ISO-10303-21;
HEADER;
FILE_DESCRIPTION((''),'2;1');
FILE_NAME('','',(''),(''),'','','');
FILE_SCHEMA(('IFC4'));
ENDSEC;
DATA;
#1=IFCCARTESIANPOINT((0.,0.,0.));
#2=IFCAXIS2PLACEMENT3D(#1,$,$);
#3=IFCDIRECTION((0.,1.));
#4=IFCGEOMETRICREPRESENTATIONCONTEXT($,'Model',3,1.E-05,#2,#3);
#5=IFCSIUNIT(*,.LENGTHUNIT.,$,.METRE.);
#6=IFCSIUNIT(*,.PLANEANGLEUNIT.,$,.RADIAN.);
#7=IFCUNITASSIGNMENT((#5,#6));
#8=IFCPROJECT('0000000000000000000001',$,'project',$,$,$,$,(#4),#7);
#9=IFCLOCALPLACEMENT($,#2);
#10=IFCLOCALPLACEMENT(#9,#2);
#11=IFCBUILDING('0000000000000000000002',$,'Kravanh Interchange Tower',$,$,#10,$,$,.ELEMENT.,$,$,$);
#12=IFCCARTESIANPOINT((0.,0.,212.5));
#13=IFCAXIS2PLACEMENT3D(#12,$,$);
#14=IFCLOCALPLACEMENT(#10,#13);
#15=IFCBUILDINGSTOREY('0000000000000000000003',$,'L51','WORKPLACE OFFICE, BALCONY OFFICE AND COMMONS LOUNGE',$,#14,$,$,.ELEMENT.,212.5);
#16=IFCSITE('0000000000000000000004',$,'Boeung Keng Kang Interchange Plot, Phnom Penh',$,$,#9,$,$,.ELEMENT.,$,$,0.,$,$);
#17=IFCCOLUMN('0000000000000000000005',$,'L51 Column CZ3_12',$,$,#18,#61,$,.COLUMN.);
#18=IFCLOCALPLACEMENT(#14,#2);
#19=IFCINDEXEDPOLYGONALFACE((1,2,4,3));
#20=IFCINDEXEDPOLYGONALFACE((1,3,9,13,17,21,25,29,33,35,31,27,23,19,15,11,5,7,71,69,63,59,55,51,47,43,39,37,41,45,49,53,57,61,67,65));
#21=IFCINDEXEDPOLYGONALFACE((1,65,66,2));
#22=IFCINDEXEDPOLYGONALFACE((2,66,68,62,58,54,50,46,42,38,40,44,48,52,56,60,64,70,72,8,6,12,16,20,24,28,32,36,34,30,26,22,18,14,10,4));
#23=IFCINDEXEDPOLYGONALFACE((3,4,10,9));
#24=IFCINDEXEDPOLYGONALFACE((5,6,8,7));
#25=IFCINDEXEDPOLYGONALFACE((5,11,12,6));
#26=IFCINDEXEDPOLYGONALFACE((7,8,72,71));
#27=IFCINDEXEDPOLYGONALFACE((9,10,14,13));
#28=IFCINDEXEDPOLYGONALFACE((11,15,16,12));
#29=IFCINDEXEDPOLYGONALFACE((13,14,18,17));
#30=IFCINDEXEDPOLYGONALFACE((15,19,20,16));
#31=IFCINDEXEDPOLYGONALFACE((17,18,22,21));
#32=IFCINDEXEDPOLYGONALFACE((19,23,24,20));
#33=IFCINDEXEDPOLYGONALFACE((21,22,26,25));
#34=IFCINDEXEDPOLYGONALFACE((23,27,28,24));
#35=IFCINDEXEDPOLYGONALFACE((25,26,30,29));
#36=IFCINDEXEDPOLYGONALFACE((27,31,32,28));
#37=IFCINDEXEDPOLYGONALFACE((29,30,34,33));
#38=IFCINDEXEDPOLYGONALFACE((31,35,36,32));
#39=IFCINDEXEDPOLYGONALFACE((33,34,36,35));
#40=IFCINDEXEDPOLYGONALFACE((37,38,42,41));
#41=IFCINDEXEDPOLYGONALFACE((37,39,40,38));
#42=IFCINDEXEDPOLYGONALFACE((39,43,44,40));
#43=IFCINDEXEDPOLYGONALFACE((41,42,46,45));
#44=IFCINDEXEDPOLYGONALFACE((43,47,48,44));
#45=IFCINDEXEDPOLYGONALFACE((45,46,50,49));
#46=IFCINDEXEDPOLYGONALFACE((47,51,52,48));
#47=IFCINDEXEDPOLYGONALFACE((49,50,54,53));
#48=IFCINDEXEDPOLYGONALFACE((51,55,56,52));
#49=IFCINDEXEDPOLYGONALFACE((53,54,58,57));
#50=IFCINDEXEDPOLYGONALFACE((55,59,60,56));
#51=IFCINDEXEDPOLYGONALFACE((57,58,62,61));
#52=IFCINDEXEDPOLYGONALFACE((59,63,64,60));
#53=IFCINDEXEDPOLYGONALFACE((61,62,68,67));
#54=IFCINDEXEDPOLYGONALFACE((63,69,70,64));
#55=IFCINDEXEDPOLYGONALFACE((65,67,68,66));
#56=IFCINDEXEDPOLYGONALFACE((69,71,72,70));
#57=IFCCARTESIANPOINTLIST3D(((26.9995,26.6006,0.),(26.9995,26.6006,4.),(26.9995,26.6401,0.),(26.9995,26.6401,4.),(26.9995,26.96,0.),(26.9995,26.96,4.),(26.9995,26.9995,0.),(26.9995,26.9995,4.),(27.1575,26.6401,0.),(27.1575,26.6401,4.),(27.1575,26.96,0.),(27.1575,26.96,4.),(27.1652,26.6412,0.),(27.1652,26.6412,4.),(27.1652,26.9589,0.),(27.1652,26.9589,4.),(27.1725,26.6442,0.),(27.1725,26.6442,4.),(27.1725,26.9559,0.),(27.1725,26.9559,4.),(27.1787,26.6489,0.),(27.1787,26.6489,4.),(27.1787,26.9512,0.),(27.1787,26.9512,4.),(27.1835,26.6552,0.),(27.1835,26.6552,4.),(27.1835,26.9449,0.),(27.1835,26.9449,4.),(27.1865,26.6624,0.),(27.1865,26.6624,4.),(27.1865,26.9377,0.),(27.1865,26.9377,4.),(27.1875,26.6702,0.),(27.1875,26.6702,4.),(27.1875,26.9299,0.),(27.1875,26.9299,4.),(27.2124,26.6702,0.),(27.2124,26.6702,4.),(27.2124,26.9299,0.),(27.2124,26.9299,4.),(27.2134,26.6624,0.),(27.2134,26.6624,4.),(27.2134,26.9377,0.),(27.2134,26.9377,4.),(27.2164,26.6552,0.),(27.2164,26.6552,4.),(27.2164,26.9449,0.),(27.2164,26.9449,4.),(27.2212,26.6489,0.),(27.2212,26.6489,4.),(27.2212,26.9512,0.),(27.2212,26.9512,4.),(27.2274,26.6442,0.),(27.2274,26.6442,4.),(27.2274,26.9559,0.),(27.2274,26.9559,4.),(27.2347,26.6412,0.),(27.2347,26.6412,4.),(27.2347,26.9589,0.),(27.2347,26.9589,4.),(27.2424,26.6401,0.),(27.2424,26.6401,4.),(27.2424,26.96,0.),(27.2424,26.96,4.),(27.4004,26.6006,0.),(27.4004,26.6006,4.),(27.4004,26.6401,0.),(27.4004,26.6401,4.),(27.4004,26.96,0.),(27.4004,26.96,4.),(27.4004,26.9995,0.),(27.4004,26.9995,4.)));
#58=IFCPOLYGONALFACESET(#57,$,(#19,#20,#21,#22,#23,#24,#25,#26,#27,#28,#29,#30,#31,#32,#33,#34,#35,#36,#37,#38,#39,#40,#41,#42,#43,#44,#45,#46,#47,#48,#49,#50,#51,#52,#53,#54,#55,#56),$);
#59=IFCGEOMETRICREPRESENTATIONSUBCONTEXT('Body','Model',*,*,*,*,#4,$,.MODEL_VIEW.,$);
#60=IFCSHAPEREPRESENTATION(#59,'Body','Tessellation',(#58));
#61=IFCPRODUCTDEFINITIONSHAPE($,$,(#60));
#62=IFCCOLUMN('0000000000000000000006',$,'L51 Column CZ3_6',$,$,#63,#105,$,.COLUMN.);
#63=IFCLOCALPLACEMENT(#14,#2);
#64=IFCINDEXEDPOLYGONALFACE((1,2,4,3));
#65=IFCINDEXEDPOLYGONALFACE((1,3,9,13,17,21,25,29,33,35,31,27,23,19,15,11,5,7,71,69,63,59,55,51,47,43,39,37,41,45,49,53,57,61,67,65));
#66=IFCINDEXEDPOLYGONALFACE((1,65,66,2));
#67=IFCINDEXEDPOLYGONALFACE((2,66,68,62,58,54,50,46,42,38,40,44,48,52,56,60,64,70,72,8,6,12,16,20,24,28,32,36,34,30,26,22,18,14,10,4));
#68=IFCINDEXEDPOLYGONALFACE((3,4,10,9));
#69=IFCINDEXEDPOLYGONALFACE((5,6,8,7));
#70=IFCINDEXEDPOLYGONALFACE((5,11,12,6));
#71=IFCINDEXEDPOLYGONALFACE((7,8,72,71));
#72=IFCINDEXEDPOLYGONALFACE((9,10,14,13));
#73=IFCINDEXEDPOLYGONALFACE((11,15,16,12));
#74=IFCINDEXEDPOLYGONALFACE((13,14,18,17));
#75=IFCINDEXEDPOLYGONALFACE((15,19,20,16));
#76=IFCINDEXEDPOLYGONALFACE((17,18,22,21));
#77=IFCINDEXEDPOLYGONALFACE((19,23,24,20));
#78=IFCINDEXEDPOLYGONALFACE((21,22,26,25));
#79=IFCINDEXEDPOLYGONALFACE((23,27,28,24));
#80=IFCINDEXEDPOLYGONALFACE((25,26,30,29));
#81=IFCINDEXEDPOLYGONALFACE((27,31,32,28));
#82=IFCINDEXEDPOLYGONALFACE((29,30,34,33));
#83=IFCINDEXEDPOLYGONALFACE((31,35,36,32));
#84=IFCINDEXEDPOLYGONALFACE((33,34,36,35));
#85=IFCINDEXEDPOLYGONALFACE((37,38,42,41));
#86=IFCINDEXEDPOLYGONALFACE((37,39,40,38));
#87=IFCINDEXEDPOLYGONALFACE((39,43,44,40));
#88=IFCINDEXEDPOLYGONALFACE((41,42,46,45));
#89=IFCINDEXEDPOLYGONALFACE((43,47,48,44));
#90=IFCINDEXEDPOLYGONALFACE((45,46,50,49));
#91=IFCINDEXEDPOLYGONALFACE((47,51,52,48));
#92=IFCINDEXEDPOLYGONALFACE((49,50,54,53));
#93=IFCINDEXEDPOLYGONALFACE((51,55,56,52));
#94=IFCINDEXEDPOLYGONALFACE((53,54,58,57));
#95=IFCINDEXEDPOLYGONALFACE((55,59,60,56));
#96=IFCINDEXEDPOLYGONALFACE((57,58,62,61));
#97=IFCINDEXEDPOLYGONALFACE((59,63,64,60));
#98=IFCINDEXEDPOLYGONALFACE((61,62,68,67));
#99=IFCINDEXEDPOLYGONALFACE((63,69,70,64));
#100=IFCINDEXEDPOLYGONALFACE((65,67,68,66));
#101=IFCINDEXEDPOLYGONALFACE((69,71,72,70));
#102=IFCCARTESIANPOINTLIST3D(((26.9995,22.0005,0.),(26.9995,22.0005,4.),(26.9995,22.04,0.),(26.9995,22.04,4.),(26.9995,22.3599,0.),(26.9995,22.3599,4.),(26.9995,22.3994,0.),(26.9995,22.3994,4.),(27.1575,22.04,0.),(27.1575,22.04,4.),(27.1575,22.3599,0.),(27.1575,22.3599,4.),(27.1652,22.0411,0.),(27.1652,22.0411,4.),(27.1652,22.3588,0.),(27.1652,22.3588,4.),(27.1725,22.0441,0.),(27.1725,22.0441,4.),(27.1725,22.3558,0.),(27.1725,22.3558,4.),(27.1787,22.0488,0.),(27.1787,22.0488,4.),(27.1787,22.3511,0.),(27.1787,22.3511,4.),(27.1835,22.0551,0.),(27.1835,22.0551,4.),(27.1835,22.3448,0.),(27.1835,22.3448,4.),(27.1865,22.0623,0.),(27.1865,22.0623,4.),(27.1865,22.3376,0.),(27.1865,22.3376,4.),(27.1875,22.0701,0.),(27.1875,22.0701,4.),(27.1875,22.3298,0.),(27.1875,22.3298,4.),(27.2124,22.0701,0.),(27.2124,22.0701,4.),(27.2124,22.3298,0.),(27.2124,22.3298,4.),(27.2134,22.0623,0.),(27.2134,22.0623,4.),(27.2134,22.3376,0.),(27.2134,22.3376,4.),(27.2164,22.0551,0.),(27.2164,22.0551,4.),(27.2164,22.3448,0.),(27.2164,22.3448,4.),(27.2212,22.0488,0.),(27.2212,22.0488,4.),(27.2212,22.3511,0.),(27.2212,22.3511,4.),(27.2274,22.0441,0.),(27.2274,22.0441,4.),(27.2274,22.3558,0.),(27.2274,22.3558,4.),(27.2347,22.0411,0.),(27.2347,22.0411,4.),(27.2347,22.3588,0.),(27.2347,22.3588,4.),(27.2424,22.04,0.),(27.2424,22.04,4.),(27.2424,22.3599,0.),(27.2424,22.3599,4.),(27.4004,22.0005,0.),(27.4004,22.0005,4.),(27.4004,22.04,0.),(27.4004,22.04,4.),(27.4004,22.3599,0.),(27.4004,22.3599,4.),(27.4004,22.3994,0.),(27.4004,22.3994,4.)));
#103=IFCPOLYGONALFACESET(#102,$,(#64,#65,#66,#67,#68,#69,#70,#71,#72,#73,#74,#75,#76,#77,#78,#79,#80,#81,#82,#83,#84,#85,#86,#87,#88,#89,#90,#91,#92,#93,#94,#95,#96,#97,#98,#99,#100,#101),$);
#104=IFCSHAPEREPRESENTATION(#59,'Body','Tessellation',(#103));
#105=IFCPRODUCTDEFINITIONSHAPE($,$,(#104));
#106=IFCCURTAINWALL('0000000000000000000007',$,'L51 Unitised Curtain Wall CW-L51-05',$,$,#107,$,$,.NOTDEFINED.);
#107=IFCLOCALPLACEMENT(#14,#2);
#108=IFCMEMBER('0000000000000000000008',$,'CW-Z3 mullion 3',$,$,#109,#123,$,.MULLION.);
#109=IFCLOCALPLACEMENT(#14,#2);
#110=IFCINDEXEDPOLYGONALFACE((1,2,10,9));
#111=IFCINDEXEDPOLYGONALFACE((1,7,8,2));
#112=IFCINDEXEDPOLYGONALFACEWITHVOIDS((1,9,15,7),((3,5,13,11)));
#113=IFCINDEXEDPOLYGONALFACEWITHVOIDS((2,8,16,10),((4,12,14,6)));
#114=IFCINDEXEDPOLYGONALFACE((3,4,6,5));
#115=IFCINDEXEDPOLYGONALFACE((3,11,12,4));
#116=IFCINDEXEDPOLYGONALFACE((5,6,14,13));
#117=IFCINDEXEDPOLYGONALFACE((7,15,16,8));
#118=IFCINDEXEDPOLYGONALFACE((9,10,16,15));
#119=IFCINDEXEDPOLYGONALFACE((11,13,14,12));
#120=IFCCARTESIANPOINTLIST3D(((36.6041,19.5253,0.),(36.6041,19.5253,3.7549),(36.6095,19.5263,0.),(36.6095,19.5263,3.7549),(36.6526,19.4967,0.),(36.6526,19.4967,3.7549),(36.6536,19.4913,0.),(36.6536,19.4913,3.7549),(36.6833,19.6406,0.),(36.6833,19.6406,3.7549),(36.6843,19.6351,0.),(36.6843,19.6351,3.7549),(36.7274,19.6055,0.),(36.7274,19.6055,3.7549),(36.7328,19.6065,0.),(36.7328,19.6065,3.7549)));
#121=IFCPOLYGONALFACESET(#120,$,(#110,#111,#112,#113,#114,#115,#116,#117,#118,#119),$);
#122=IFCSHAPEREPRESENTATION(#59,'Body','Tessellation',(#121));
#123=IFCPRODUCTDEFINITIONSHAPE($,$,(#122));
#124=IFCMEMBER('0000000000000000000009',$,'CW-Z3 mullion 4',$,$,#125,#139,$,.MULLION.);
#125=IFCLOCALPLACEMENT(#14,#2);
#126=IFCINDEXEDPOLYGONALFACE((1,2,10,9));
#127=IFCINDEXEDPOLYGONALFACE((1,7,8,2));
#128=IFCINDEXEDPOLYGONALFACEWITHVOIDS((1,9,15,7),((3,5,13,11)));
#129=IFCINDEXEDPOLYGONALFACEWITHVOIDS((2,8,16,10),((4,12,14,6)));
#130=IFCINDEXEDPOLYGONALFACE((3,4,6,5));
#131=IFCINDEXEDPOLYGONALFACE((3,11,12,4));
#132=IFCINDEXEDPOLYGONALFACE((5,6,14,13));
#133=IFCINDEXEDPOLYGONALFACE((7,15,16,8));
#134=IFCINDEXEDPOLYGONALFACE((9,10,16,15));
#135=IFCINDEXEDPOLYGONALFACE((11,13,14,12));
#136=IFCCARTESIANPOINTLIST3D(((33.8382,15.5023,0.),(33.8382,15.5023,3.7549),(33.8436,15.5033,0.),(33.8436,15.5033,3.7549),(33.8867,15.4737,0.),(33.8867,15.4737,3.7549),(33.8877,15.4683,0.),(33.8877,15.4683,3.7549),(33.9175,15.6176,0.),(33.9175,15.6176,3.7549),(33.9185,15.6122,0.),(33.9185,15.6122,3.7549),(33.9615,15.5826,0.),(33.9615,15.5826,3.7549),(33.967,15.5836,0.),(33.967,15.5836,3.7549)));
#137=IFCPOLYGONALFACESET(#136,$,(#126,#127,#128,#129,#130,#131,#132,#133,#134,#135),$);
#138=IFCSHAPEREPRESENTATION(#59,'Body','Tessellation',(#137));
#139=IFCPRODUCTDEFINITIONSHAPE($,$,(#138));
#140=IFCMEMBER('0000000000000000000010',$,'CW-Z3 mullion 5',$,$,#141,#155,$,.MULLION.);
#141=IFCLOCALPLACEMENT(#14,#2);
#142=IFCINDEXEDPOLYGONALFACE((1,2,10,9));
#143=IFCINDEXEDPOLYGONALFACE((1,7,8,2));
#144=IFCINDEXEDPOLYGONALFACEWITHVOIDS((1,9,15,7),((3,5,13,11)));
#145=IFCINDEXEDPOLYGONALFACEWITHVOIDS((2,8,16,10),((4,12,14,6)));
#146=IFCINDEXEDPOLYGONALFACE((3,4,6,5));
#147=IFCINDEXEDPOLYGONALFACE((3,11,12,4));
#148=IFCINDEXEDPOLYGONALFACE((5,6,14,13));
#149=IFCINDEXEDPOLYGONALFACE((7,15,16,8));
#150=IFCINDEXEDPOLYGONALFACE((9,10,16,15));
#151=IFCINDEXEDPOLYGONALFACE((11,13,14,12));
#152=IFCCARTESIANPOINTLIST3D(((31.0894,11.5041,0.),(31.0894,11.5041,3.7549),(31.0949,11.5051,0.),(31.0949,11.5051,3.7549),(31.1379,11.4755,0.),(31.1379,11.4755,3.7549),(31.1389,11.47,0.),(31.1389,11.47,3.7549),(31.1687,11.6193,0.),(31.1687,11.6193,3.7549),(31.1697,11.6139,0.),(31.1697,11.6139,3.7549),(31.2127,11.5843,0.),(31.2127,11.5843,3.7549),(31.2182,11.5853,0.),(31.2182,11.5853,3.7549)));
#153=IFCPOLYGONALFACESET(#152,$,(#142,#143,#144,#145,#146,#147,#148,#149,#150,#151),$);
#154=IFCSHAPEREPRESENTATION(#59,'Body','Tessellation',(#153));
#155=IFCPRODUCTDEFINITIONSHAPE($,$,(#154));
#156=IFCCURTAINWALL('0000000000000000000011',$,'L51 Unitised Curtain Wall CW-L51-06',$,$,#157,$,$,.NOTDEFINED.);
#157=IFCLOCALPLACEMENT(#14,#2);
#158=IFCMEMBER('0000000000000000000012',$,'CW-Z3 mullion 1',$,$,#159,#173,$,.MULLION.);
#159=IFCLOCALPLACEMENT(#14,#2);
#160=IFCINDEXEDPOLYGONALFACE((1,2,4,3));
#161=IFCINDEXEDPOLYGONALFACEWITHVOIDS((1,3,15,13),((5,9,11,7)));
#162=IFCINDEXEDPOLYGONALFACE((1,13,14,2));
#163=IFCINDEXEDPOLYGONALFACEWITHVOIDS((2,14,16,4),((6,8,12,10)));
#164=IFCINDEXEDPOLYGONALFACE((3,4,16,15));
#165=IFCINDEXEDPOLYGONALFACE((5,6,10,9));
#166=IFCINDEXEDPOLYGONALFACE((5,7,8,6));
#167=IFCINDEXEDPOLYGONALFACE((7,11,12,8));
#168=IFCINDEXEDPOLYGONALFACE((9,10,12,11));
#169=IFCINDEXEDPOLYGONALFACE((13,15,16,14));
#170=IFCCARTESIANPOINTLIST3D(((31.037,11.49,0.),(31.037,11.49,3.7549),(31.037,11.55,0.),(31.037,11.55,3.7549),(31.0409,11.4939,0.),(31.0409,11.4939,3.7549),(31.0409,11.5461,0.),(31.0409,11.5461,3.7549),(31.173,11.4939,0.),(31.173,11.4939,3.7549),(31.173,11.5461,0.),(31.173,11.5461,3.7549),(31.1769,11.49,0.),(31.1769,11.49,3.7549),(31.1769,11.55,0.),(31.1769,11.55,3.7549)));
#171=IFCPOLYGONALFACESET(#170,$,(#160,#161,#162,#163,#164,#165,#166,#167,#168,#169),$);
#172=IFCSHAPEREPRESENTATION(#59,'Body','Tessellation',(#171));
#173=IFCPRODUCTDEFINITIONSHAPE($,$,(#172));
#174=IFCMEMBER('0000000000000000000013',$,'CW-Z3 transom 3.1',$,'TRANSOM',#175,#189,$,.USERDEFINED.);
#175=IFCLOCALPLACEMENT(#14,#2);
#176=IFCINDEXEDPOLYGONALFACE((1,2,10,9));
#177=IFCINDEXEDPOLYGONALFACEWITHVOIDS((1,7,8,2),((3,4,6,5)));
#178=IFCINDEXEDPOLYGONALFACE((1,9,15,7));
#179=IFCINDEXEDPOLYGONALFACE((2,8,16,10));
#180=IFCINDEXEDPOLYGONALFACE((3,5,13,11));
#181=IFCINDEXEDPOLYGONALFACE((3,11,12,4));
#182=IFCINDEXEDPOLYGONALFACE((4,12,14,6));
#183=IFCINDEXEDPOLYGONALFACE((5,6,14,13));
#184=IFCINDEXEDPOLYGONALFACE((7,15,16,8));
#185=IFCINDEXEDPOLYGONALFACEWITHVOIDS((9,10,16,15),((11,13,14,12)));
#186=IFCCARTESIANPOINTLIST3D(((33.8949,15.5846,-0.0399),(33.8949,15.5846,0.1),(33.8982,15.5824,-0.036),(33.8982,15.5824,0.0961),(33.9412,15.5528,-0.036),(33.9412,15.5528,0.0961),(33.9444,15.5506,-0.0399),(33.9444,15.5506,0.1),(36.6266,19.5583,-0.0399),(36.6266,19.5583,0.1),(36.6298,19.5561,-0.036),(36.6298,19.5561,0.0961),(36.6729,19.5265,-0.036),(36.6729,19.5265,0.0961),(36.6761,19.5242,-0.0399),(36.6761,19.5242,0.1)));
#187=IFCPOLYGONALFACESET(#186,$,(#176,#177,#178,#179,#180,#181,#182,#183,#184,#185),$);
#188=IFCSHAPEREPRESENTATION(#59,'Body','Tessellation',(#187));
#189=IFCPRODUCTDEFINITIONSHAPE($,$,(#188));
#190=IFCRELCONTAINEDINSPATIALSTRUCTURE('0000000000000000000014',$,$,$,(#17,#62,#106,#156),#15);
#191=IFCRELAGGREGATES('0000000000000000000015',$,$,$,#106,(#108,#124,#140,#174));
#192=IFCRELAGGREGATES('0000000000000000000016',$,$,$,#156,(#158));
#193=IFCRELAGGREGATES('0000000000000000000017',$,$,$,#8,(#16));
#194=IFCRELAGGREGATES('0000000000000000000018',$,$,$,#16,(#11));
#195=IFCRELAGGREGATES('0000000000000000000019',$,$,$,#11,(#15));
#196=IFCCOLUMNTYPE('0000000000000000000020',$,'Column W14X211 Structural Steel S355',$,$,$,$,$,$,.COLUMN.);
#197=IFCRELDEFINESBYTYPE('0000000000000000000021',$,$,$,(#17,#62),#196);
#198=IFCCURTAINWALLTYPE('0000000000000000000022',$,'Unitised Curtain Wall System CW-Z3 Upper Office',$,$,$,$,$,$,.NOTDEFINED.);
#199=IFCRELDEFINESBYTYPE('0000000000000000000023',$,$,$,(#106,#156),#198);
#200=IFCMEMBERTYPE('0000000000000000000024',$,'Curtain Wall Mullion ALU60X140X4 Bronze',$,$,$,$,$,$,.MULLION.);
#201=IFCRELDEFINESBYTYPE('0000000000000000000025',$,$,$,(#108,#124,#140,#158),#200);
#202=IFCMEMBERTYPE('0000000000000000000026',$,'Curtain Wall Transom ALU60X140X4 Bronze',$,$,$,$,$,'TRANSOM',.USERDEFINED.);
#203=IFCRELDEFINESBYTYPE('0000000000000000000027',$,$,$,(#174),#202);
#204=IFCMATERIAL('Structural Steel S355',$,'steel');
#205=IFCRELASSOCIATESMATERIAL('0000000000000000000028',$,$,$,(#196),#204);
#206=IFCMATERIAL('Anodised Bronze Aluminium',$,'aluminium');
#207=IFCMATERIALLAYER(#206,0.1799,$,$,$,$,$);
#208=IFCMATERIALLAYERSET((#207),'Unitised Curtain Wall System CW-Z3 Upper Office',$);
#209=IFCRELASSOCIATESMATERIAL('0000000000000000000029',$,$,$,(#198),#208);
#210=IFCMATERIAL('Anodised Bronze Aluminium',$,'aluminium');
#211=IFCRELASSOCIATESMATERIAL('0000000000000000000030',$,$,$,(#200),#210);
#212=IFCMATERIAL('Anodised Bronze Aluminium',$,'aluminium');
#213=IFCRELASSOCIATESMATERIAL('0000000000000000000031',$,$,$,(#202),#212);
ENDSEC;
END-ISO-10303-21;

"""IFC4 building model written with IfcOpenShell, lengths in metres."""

from ifc_helpers import new_model, si_unit, direction, frame, origin, origin_2d, place, context, subcontext, project, spatial, hollow_rectangle, i_section, extrude, material, layer, layer_set, material_profile, profile_set, type_object, element, aggregate, save


model = new_model("IFC4")

# Units and contexts
model_context = context("Model", 3, precision=1e-05, world=origin(), true_north=direction((0.0, 1.0)))
body_context = subcontext(model_context, "Body", "Model", "MODEL_VIEW")
ifc_project = project(units=[si_unit("LENGTHUNIT", "METRE"), si_unit("PLANEANGLEUNIT", "RADIAN")], contexts=[model_context])

# Site, building, storey
site_placement = place(None, origin())
site = spatial("IfcSite", under=ifc_project, at=site_placement, Name="Boeung Keng Kang Interchange Plot, Phnom Penh", CompositionType="ELEMENT", RefElevation=0.0)
building_placement = place(site_placement, origin())
building = spatial("IfcBuilding", under=site, at=building_placement, Name="Kravanh Interchange Tower", CompositionType="ELEMENT")
storey_placement = place(building_placement, frame((0.0, 0.0, 212.5)))
storey = spatial("IfcBuildingStorey", under=building, at=storey_placement, Name="L51", Description="WORKPLACE OFFICE, BALCONY OFFICE AND COMMONS LOUNGE", CompositionType="ELEMENT", Elevation=212.5)

# Columns
ifc_material_1 = material(Name="Structural Steel S355", Category="steel")
ifc_material_profile_1 = material_profile(ifc_material_1, i_section(OverallWidth=0.4009, OverallDepth=0.3989, WebThickness=0.0249, FlangeThickness=0.0396, FilletRadius=0.03, at=origin_2d()), Name="W14X211")
ifc_profile_set_1 = profile_set([ifc_material_profile_1], Name="Structural Steel S355")
column_type = type_object("IfcColumnType", Name="Column W14X211 Structural Steel S355", PredefinedType="COLUMN", material=ifc_profile_set_1)
for number, where, z_axis, x_axis, name in (
    (1, (27.2, 26.8, 0.0), (0.0, 0.0, 1.0), (1.0, 0.0, 0.0), "L51 Column CZ3_12"),
    (2, (27.2, 22.2, 0.0), (0.0, 0.0, 1.0), (1.0, 0.0, 0.0), "L51 Column CZ3_6"),
):
    element("IfcColumn", number, at=place(storey_placement, frame(where, z_axis=z_axis, x_axis=x_axis)), inside=storey, type_object=column_type, Name=name, PredefinedType="COLUMN", context=body_context, shape_type="SweptSolid", body=[
        extrude(i_section(OverallWidth=0.4009, OverallDepth=0.3989, WebThickness=0.0249, FlangeThickness=0.0396, FilletRadius=0.03, at=origin_2d()), origin(), (0.0, 0.0, 1.0), 4.0),
    ])

# Curtain wall, members
ifc_material_2 = material(Name="Anodised Bronze Aluminium", Category="aluminium")
ifc_layer_1 = layer(ifc_material_2, 0.1799)
ifc_layer_set_1 = layer_set([ifc_layer_1], Name="Unitised Curtain Wall System CW-Z3 Upper Office")
curtain_wall_type = type_object("IfcCurtainWallType", Name="Unitised Curtain Wall System CW-Z3 Upper Office", PredefinedType="NOTDEFINED", material=ifc_layer_set_1)
curtain_wall_1_placement = place(storey_placement, origin())
curtain_wall_1 = element("IfcCurtainWall", 3, at=curtain_wall_1_placement, inside=storey, type_object=curtain_wall_type, Name="L51 Unitised Curtain Wall CW-L51-05", PredefinedType="NOTDEFINED")
ifc_material_3 = material(Name="Anodised Bronze Aluminium", Category="aluminium")
ifc_material_profile_2 = material_profile(ifc_material_3, hollow_rectangle(XDim=0.0601, YDim=0.1399, WallThickness=0.0039, at=origin_2d()), Name="ALU60X140X4")
ifc_profile_set_2 = profile_set([ifc_material_profile_2], Name="Anodised Bronze Aluminium")
member_type_1 = type_object("IfcMemberType", Name="Curtain Wall Mullion ALU60X140X4 Bronze", PredefinedType="MULLION", material=ifc_profile_set_2)
member_1_placement = place(storey_placement, frame((36.6685, 19.5659, 0.0), z_axis=(0.0, 0.0, 1.0), x_axis=(0.824042, -0.566528, 0.0)))
member_1 = element("IfcMember", 4, at=member_1_placement, type_object=member_type_1, Name="CW-Z3 mullion 3", PredefinedType="MULLION", context=body_context, shape_type="SweptSolid", body=[
    extrude(hollow_rectangle(XDim=0.0601, YDim=0.1399, WallThickness=0.0039, at=origin_2d()), origin(), (0.0, 0.0, 1.0), 3.7549),
])
member_2_placement = place(storey_placement, frame((33.9026, 15.543, 0.0), z_axis=(0.0, 0.0, 1.0), x_axis=(0.824042, -0.566528, 0.0)))
member_2 = element("IfcMember", 5, at=member_2_placement, type_object=member_type_1, Name="CW-Z3 mullion 4", PredefinedType="MULLION", context=body_context, shape_type="SweptSolid", body=[
    extrude(hollow_rectangle(XDim=0.0601, YDim=0.1399, WallThickness=0.0039, at=origin_2d()), origin(), (0.0, 0.0, 1.0), 3.7549),
])
member_3_placement = place(storey_placement, frame((31.1538, 11.5447, 0.0), z_axis=(0.0, 0.0, 1.0), x_axis=(0.824042, -0.566528, 0.0)))
member_3 = element("IfcMember", 6, at=member_3_placement, type_object=member_type_1, Name="CW-Z3 mullion 5", PredefinedType="MULLION", context=body_context, shape_type="SweptSolid", body=[
    extrude(hollow_rectangle(XDim=0.0601, YDim=0.1399, WallThickness=0.0039, at=origin_2d()), origin(), (0.0, 0.0, 1.0), 3.7549),
])

# Curtain wall, member
curtain_wall_2_placement = place(storey_placement, origin())
curtain_wall_2 = element("IfcCurtainWall", 7, at=curtain_wall_2_placement, inside=storey, type_object=curtain_wall_type, Name="L51 Unitised Curtain Wall CW-L51-06", PredefinedType="NOTDEFINED")
member_4_placement = place(storey_placement, frame((31.1069, 11.52, 0.0), z_axis=(0.0, 0.0, 1.0), x_axis=(0.0, -1.0, 0.0)))
member_4 = element("IfcMember", 8, at=member_4_placement, type_object=member_type_1, Name="CW-Z3 mullion 1", PredefinedType="MULLION", context=body_context, shape_type="SweptSolid", body=[
    extrude(hollow_rectangle(XDim=0.0601, YDim=0.1399, WallThickness=0.0039, at=origin_2d()), origin(), (0.0, 0.0, 1.0), 3.7549),
])

# Member
ifc_material_4 = material(Name="Anodised Bronze Aluminium", Category="aluminium")
ifc_material_profile_3 = material_profile(ifc_material_4, hollow_rectangle(XDim=0.0601, YDim=0.1399, WallThickness=0.0039, at=origin_2d()), Name="ALU60X140X4")
ifc_profile_set_3 = profile_set([ifc_material_profile_3], Name="Anodised Bronze Aluminium")
member_type_2 = type_object("IfcMemberType", Name="Curtain Wall Transom ALU60X140X4 Bronze", ElementType="TRANSOM", PredefinedType="USERDEFINED", material=ifc_profile_set_3)
member_5_placement = place(storey_placement, frame((36.6514, 19.5413, 0.03), z_axis=(-0.566503, -0.82406, 0.0), x_axis=(0.82406, -0.566503, 0.0)))
member_5 = element("IfcMember", 9, at=member_5_placement, type_object=member_type_2, Name="CW-Z3 transom 3.1", ObjectType="TRANSOM", PredefinedType="USERDEFINED", context=body_context, shape_type="SweptSolid", body=[
    extrude(hollow_rectangle(XDim=0.0601, YDim=0.1399, WallThickness=0.0039, at=origin_2d()), origin(), (0.0, 0.0, 1.0), 4.822),
])

aggregate(curtain_wall_1, [member_1, member_2, member_3, member_5])
aggregate(curtain_wall_2, [member_4])

save(model, "model.ifc")
